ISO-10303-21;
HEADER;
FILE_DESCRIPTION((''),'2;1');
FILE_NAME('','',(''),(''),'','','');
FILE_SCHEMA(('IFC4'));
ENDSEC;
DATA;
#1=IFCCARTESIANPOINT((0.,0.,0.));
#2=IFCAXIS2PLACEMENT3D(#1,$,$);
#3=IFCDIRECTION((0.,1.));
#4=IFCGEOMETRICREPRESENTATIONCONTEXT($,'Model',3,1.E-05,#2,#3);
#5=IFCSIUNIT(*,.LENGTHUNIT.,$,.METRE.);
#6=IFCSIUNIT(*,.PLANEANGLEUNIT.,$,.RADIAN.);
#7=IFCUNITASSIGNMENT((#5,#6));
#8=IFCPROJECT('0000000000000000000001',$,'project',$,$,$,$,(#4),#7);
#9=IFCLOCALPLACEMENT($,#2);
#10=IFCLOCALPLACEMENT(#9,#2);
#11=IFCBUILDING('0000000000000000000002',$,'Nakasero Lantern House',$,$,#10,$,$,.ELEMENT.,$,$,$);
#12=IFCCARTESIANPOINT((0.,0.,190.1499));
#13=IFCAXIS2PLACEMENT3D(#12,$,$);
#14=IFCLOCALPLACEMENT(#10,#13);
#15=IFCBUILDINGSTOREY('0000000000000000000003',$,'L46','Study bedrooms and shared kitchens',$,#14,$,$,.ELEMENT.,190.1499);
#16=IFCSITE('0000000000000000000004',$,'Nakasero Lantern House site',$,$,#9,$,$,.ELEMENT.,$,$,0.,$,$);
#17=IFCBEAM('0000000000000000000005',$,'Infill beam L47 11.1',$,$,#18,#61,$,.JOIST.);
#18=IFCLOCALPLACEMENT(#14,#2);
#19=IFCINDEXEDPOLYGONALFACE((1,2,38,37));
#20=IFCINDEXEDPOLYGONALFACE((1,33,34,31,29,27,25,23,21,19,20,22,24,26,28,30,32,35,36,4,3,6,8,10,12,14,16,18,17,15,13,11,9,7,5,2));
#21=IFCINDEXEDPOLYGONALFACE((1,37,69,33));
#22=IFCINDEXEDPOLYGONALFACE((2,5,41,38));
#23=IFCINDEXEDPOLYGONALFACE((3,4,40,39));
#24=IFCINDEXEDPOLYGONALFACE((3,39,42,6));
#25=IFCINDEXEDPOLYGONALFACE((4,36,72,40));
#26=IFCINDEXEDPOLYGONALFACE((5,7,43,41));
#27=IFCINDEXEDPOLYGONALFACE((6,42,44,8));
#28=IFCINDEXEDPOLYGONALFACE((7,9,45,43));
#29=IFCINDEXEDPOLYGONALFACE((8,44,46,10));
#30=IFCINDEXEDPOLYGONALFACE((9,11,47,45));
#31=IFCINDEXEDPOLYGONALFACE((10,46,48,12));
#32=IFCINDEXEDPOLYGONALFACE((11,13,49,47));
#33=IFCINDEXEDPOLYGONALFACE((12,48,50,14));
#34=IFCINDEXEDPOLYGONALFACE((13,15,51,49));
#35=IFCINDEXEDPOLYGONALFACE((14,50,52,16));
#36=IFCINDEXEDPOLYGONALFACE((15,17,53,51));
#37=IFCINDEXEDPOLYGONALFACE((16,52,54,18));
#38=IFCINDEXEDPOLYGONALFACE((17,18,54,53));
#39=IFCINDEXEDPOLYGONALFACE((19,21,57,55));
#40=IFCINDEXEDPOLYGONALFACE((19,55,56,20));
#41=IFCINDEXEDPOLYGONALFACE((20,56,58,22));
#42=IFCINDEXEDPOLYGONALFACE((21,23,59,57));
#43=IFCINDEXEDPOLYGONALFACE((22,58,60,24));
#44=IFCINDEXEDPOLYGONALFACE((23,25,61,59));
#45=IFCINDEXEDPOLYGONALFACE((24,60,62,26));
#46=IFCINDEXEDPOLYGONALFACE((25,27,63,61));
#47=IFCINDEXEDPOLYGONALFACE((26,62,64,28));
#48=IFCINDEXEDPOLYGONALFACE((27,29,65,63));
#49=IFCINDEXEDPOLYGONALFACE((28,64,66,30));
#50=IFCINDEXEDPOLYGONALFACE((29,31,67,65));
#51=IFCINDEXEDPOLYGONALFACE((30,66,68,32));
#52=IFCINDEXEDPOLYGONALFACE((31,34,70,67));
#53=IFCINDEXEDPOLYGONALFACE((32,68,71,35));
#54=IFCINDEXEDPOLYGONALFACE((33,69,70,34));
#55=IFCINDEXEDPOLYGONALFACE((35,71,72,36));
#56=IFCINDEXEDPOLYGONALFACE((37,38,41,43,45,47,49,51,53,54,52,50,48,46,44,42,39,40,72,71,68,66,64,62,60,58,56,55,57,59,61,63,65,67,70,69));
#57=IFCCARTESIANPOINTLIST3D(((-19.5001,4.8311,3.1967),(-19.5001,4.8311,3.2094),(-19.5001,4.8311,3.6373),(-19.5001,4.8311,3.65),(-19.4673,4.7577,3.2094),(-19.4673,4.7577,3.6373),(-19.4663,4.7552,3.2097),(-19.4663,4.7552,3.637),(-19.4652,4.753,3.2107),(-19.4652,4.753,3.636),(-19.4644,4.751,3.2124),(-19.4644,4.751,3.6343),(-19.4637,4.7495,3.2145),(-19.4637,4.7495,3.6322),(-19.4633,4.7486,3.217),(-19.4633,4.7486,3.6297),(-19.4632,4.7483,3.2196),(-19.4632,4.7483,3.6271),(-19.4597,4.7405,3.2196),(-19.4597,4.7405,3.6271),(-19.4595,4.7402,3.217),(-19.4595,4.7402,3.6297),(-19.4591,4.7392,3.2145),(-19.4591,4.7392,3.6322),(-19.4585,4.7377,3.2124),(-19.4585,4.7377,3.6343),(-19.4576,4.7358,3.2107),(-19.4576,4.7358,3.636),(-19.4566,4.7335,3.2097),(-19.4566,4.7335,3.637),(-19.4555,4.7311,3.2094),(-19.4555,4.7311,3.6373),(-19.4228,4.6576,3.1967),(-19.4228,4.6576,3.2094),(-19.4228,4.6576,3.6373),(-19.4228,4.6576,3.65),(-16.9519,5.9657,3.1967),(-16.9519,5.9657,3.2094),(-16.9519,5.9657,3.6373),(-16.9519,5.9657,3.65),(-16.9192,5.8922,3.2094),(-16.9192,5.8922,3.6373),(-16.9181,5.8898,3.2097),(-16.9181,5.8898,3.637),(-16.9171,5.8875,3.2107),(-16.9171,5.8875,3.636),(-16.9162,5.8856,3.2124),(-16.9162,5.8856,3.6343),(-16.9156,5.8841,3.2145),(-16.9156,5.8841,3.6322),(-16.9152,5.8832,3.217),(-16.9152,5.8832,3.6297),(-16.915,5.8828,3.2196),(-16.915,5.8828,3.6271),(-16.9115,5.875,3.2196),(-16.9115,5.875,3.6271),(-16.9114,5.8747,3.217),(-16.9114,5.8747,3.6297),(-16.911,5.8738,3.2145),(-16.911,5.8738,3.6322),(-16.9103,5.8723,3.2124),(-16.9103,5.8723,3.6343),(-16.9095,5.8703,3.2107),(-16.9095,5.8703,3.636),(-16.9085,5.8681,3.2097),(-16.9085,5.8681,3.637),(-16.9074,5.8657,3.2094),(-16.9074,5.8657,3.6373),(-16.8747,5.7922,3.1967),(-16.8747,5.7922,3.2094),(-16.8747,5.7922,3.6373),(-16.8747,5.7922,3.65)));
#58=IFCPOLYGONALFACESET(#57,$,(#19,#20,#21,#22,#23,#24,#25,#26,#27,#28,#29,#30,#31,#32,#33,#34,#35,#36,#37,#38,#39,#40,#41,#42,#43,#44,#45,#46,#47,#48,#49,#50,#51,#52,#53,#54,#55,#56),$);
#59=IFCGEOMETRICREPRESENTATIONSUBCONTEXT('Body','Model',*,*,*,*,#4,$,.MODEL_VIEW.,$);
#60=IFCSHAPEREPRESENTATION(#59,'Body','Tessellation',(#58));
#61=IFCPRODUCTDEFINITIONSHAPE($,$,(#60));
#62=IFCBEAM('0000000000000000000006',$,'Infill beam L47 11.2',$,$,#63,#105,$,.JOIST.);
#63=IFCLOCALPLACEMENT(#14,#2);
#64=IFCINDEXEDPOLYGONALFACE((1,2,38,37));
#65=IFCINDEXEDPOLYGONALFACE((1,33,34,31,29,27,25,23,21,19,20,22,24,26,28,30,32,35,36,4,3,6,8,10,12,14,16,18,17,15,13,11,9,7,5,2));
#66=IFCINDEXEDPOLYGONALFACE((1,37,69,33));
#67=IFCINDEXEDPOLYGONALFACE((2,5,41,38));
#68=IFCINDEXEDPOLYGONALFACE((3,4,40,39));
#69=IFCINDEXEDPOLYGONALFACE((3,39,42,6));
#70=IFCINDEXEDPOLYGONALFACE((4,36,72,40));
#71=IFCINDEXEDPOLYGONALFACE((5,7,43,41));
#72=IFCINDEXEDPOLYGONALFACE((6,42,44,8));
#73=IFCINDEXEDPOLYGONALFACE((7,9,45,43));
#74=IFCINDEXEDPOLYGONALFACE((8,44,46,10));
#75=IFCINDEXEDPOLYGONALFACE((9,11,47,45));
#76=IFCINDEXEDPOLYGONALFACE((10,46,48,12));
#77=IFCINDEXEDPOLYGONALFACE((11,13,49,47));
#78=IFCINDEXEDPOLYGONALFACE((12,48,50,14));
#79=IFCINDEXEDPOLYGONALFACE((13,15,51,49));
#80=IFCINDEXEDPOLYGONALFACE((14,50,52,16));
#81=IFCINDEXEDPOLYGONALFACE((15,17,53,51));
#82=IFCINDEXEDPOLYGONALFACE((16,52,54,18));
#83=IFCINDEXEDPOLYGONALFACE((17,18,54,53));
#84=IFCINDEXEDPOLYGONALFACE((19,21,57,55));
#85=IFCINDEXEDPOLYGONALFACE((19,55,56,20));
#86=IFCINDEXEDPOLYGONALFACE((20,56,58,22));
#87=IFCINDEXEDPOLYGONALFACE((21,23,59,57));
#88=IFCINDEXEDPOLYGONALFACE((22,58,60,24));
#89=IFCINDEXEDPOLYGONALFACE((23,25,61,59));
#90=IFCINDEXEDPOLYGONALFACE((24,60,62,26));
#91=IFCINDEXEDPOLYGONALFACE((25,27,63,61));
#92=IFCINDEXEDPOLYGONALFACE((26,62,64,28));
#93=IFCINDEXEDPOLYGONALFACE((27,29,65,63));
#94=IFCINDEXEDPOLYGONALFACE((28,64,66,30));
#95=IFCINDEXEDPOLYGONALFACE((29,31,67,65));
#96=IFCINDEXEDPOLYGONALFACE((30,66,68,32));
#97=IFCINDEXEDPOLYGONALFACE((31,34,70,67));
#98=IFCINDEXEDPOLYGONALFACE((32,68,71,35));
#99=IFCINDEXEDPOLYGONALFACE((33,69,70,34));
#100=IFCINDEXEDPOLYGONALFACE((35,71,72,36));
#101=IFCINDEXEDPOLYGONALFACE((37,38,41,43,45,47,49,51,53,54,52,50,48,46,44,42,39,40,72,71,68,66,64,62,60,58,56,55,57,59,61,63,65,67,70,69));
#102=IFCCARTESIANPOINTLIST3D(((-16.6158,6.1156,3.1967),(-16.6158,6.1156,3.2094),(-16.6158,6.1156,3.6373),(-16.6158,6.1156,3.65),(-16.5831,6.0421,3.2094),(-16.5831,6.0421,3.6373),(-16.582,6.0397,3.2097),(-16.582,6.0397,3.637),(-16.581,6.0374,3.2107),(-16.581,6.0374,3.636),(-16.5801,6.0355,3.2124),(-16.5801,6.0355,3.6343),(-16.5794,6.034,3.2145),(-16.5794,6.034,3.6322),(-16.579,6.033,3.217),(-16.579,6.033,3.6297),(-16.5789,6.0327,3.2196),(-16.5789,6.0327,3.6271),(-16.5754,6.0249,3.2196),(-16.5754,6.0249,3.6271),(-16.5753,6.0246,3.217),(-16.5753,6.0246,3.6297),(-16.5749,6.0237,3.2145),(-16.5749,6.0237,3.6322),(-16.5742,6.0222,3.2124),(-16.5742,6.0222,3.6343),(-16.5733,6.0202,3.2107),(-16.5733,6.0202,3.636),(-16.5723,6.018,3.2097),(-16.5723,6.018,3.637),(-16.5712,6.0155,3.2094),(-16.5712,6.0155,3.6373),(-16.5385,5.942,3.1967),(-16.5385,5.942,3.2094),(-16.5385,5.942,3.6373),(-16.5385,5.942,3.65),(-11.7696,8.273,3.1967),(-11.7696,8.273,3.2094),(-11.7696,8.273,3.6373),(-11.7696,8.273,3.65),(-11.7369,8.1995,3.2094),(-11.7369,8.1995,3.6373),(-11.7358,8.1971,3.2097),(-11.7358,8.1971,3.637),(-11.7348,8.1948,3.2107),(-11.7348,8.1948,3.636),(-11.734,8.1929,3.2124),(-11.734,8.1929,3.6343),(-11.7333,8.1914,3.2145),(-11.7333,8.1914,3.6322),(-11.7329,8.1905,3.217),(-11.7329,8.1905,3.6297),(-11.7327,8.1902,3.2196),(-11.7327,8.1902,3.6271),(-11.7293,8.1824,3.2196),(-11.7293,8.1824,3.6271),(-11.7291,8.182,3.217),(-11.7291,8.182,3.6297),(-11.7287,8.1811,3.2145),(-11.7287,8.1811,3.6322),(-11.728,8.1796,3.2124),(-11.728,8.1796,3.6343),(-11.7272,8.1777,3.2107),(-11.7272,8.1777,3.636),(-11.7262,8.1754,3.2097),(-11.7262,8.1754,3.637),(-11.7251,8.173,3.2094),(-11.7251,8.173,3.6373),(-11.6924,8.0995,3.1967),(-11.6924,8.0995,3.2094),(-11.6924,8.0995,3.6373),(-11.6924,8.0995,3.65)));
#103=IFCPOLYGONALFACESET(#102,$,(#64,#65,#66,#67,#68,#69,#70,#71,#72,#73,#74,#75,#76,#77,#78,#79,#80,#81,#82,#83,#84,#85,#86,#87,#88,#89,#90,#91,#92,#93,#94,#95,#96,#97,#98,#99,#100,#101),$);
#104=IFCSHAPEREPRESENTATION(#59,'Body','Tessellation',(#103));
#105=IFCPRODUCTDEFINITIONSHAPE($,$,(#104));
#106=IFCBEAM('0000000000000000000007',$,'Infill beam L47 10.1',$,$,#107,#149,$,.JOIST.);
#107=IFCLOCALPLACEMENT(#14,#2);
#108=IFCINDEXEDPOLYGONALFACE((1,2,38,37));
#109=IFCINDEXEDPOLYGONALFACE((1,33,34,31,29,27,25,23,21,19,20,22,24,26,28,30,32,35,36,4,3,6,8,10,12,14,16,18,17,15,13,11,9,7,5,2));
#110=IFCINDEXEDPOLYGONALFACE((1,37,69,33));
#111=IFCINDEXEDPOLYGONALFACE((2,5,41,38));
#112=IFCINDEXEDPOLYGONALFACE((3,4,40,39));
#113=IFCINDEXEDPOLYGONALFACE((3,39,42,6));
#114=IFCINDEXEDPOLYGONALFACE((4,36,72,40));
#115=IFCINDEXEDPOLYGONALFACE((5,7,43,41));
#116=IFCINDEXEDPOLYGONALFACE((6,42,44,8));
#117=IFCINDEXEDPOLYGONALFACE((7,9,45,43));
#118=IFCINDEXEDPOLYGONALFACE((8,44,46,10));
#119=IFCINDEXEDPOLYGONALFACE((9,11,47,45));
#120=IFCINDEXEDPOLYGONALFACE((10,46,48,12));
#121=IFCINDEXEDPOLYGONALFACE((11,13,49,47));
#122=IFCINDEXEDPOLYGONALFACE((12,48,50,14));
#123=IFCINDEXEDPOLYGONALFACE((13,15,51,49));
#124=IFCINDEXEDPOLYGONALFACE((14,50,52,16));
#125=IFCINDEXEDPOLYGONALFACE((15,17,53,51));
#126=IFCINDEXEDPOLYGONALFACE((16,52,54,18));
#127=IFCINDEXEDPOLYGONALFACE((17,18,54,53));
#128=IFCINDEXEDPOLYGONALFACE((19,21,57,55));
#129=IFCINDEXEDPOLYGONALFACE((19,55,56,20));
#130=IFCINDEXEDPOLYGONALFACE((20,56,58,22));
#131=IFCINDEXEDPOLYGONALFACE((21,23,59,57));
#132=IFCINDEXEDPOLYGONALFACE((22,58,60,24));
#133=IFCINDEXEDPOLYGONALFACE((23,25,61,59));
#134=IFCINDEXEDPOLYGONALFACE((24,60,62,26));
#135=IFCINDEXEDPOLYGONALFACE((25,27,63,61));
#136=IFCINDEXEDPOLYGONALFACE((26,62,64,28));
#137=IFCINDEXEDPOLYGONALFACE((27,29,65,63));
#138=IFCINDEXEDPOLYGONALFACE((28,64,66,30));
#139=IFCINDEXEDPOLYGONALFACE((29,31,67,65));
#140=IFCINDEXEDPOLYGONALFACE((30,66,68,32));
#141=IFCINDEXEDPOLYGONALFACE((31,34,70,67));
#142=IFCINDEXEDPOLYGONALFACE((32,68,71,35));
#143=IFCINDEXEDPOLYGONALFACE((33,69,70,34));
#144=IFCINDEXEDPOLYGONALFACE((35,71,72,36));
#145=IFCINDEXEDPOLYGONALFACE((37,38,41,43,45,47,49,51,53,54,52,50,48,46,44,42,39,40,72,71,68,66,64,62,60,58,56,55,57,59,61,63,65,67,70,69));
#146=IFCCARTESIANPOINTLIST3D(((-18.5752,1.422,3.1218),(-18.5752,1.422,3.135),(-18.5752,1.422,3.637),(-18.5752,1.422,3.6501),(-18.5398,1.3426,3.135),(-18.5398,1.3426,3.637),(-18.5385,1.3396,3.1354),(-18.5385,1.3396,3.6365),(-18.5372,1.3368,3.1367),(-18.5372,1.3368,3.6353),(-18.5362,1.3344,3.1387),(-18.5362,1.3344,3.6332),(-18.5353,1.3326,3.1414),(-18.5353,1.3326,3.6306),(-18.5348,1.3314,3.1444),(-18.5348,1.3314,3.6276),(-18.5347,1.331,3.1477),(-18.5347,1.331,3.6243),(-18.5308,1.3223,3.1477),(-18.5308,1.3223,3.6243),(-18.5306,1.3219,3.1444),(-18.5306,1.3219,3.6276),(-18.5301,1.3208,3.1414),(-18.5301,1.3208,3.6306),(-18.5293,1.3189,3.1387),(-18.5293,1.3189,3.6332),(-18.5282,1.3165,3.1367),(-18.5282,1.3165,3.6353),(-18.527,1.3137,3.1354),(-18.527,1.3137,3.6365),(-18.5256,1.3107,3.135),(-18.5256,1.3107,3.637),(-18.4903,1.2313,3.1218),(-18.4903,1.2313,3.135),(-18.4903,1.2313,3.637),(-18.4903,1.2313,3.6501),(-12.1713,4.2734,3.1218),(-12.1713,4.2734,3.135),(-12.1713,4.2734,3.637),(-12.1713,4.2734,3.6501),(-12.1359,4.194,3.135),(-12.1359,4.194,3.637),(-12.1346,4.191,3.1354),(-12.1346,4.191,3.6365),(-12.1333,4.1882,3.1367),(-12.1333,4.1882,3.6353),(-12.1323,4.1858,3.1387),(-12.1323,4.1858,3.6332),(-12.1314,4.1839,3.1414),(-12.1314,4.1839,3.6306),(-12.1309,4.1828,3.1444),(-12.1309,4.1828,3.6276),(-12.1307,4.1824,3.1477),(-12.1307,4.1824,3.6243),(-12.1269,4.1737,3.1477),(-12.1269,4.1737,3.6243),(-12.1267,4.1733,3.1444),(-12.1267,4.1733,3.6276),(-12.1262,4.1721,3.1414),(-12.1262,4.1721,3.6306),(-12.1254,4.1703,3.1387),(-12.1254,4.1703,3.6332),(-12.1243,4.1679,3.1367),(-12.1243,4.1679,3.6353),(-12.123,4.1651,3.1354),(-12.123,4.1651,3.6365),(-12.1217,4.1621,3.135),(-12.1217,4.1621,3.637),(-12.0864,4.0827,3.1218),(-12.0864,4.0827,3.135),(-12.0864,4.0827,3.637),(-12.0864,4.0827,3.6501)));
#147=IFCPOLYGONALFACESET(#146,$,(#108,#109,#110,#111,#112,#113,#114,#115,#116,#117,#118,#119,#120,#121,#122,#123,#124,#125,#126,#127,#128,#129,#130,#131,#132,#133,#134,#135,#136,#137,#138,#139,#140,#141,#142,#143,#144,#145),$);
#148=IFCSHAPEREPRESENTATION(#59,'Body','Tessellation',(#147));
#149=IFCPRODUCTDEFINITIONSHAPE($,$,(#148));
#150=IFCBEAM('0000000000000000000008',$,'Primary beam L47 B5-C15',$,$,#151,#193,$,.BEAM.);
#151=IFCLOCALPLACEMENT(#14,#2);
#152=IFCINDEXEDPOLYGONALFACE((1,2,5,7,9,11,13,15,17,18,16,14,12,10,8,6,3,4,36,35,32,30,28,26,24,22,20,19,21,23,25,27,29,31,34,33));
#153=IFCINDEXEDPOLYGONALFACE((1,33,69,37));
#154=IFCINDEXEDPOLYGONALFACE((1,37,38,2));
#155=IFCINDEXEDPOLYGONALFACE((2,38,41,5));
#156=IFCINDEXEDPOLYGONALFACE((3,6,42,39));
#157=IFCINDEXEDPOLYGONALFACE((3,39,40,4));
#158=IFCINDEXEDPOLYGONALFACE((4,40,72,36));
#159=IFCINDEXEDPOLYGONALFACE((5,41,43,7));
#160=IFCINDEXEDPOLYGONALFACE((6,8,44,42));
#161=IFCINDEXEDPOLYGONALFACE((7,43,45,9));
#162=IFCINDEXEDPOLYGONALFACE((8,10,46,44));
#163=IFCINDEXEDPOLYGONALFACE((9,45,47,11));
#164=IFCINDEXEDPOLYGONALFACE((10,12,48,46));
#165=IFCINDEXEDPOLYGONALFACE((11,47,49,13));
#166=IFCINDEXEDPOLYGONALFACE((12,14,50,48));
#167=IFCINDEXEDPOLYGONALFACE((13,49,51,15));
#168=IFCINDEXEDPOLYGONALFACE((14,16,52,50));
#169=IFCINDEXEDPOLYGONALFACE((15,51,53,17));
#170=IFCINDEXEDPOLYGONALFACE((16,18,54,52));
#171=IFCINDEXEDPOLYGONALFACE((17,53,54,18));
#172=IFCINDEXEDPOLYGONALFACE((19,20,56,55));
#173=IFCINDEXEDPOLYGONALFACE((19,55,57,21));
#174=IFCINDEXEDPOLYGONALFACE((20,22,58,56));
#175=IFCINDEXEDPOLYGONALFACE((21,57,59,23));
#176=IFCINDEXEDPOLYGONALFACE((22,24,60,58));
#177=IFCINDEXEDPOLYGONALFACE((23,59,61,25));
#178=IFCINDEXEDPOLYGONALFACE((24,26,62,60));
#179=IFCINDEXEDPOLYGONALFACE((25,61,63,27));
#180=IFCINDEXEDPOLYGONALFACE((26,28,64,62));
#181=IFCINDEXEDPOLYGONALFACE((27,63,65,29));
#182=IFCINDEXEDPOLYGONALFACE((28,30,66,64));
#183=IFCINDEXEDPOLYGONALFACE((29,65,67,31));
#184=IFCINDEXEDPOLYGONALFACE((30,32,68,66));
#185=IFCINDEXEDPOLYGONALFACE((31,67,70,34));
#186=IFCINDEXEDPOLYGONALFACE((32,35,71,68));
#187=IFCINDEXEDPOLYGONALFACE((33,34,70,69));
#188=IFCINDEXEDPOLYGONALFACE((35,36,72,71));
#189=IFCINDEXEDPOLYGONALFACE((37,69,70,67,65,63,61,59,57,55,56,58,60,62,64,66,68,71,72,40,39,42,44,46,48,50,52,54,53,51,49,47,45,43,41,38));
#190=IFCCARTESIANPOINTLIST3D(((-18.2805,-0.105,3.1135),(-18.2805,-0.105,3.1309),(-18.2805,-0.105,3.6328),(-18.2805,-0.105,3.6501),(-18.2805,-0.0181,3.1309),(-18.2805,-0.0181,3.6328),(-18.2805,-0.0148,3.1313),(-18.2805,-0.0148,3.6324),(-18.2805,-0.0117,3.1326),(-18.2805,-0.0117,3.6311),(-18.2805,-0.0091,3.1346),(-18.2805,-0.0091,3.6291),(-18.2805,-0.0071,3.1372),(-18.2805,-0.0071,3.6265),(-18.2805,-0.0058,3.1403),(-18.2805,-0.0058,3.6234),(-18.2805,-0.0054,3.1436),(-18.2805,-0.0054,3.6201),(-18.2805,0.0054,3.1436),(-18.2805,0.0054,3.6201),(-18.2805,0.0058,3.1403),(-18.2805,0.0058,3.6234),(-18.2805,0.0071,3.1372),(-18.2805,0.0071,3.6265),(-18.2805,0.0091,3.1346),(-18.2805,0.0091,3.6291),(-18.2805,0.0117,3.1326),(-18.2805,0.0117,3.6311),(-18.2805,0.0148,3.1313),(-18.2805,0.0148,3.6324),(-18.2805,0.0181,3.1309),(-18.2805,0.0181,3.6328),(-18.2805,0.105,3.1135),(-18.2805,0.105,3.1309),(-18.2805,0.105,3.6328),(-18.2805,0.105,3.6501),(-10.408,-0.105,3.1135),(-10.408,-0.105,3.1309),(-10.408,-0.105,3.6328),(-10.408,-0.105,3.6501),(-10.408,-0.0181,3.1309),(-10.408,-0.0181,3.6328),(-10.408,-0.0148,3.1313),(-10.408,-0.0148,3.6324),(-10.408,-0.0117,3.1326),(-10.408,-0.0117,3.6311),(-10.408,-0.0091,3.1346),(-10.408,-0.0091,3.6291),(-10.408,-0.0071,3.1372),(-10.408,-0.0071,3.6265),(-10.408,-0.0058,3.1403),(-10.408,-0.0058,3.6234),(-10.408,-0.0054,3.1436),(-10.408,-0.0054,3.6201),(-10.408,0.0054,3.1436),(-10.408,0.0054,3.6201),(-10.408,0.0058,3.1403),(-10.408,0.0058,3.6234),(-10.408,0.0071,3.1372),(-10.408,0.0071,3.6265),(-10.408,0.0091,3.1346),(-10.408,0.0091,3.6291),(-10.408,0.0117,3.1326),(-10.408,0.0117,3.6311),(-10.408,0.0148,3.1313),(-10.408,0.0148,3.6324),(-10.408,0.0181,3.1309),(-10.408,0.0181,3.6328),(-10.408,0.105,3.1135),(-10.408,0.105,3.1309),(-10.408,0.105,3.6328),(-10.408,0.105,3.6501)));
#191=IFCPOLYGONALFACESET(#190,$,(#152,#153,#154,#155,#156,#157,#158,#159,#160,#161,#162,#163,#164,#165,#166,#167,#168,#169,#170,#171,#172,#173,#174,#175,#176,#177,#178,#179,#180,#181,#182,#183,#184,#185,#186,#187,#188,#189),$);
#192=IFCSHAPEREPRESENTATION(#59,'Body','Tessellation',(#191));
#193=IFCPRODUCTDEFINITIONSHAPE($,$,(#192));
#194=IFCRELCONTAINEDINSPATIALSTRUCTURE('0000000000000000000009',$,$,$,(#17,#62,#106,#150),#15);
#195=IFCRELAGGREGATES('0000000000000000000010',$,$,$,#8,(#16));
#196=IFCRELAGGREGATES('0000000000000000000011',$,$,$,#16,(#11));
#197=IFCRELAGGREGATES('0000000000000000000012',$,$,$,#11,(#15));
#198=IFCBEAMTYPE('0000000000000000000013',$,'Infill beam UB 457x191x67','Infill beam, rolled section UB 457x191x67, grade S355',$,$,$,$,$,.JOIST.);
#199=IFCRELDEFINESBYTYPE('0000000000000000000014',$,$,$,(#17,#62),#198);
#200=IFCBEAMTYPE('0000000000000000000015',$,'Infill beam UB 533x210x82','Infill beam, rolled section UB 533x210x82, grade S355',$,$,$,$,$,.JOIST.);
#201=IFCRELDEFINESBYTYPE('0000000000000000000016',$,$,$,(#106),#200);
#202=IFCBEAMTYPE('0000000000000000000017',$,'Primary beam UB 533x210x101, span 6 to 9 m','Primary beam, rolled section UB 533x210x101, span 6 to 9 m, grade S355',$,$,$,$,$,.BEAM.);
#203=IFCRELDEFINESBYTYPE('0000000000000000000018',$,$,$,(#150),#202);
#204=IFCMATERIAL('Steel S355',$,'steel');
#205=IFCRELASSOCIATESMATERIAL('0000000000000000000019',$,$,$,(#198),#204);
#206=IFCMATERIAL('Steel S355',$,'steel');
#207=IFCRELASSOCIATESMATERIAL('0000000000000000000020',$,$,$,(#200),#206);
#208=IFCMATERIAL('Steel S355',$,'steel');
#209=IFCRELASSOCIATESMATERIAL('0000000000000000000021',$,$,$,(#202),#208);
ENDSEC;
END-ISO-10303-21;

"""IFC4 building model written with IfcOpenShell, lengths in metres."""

from ifc_helpers import new_model, si_unit, direction, frame, origin, origin_2d, place, context, subcontext, project, spatial, i_section, extrude, material, material_profile, profile_set, type_object, element, save


model = new_model("IFC4")

# Units and contexts
model_context = context("Model", 3, precision=1e-05, world=origin(), true_north=direction((0.0, 1.0)))
body_context = subcontext(model_context, "Body", "Model", "MODEL_VIEW")
ifc_project = project(units=[si_unit("LENGTHUNIT", "METRE"), si_unit("PLANEANGLEUNIT", "RADIAN")], contexts=[model_context])

# Site, building, storey
site_placement = place(None, origin())
site = spatial("IfcSite", under=ifc_project, at=site_placement, Name="Nakasero Lantern House site", CompositionType="ELEMENT", RefElevation=0.0)
building_placement = place(site_placement, origin())
building = spatial("IfcBuilding", under=site, at=building_placement, Name="Nakasero Lantern House", CompositionType="ELEMENT")
storey_placement = place(building_placement, frame((0.0, 0.0, 190.1499)))
storey = spatial("IfcBuildingStorey", under=building, at=storey_placement, Name="L46", Description="Study bedrooms and shared kitchens", CompositionType="ELEMENT", Elevation=190.1499)

# Beams
ifc_material_1 = material(Name="Steel S355", Category="steel")
ifc_material_profile_1 = material_profile(ifc_material_1, i_section(OverallWidth=0.1899, OverallDepth=0.4534, WebThickness=0.0085, FlangeThickness=0.0127, FilletRadius=0.0103, at=origin_2d()), Name="UB 457x191x67")
ifc_profile_set_1 = profile_set([ifc_material_profile_1], Name="Steel S355")
beam_type_1 = type_object("IfcBeamType", Name="Infill beam UB 457x191x67", Description="Infill beam, rolled section UB 457x191x67, grade S355", PredefinedType="JOIST", material=ifc_profile_set_1)
beam_1_placement = place(storey_placement, frame((-19.4614, 4.7444, 3.4233), z_axis=(0.913541, 0.406747, 0.0), x_axis=(-0.406747, 0.913541, 0.0)))
element("IfcBeam", 1, at=beam_1_placement, inside=storey, type_object=beam_type_1, Name="Infill beam L47 11.1", PredefinedType="JOIST", context=body_context, shape_type="SweptSolid", body=[
    extrude(i_section(OverallWidth=0.1899, OverallDepth=0.4534, WebThickness=0.0085, FlangeThickness=0.0127, FilletRadius=0.0103, at=origin_2d()), origin(), (0.0, 0.0, 1.0), 2.7893),
])
beam_2_placement = place(storey_placement, frame((-16.5771, 6.0288, 3.4233), z_axis=(0.913559, 0.406706, 0.0), x_axis=(-0.406706, 0.913559, 0.0)))
element("IfcBeam", 2, at=beam_2_placement, inside=storey, type_object=beam_type_1, Name="Infill beam L47 11.2", PredefinedType="JOIST", context=body_context, shape_type="SweptSolid", body=[
    extrude(i_section(OverallWidth=0.1899, OverallDepth=0.4534, WebThickness=0.0085, FlangeThickness=0.0127, FilletRadius=0.0103, at=origin_2d()), origin(), (0.0, 0.0, 1.0), 5.3047),
])
ifc_material_2 = material(Name="Steel S355", Category="steel")
ifc_material_profile_2 = material_profile(ifc_material_2, i_section(OverallWidth=0.2087, OverallDepth=0.5283, WebThickness=0.0095, FlangeThickness=0.0132, FilletRadius=0.0127, at=origin_2d()), Name="UB 533x210x82")
ifc_profile_set_2 = profile_set([ifc_material_profile_2], Name="Steel S355")
beam_type_2 = type_object("IfcBeamType", Name="Infill beam UB 533x210x82", Description="Infill beam, rolled section UB 533x210x82, grade S355", PredefinedType="JOIST", material=ifc_profile_set_2)
beam_3_placement = place(storey_placement, frame((-18.5327, 1.3267, 3.386), z_axis=(0.913537, 0.406756, 0.0), x_axis=(-0.406756, 0.913537, 0.0)))
element("IfcBeam", 3, at=beam_3_placement, inside=storey, type_object=beam_type_2, Name="Infill beam L47 10.1", PredefinedType="JOIST", context=body_context, shape_type="SweptSolid", body=[
    extrude(i_section(OverallWidth=0.2087, OverallDepth=0.5283, WebThickness=0.0095, FlangeThickness=0.0132, FilletRadius=0.0127, at=origin_2d()), origin(), (0.0, 0.0, 1.0), 7.01),
])
ifc_material_3 = material(Name="Steel S355", Category="steel")
ifc_material_profile_3 = material_profile(ifc_material_3, i_section(OverallWidth=0.21, OverallDepth=0.5366, WebThickness=0.0107, FlangeThickness=0.0173, FilletRadius=0.0127, at=origin_2d()), Name="UB 533x210x101")
ifc_profile_set_3 = profile_set([ifc_material_profile_3], Name="Steel S355")
beam_type_3 = type_object("IfcBeamType", Name="Primary beam UB 533x210x101, span 6 to 9 m", Description="Primary beam, rolled section UB 533x210x101, span 6 to 9 m, grade S355", PredefinedType="BEAM", material=ifc_profile_set_3)
beam_4_placement = place(storey_placement, frame((-18.2805, 0.0, 3.3818), z_axis=(1.0, 0.0, 0.0), x_axis=(0.0, 1.0, 0.0)))
element("IfcBeam", 4, at=beam_4_placement, inside=storey, type_object=beam_type_3, Name="Primary beam L47 B5-C15", PredefinedType="BEAM", context=body_context, shape_type="SweptSolid", body=[
    extrude(i_section(OverallWidth=0.21, OverallDepth=0.5366, WebThickness=0.0107, FlangeThickness=0.0173, FilletRadius=0.0127, at=origin_2d()), origin(), (0.0, 0.0, 1.0), 7.8726),
])

save(model, "model.ifc")
